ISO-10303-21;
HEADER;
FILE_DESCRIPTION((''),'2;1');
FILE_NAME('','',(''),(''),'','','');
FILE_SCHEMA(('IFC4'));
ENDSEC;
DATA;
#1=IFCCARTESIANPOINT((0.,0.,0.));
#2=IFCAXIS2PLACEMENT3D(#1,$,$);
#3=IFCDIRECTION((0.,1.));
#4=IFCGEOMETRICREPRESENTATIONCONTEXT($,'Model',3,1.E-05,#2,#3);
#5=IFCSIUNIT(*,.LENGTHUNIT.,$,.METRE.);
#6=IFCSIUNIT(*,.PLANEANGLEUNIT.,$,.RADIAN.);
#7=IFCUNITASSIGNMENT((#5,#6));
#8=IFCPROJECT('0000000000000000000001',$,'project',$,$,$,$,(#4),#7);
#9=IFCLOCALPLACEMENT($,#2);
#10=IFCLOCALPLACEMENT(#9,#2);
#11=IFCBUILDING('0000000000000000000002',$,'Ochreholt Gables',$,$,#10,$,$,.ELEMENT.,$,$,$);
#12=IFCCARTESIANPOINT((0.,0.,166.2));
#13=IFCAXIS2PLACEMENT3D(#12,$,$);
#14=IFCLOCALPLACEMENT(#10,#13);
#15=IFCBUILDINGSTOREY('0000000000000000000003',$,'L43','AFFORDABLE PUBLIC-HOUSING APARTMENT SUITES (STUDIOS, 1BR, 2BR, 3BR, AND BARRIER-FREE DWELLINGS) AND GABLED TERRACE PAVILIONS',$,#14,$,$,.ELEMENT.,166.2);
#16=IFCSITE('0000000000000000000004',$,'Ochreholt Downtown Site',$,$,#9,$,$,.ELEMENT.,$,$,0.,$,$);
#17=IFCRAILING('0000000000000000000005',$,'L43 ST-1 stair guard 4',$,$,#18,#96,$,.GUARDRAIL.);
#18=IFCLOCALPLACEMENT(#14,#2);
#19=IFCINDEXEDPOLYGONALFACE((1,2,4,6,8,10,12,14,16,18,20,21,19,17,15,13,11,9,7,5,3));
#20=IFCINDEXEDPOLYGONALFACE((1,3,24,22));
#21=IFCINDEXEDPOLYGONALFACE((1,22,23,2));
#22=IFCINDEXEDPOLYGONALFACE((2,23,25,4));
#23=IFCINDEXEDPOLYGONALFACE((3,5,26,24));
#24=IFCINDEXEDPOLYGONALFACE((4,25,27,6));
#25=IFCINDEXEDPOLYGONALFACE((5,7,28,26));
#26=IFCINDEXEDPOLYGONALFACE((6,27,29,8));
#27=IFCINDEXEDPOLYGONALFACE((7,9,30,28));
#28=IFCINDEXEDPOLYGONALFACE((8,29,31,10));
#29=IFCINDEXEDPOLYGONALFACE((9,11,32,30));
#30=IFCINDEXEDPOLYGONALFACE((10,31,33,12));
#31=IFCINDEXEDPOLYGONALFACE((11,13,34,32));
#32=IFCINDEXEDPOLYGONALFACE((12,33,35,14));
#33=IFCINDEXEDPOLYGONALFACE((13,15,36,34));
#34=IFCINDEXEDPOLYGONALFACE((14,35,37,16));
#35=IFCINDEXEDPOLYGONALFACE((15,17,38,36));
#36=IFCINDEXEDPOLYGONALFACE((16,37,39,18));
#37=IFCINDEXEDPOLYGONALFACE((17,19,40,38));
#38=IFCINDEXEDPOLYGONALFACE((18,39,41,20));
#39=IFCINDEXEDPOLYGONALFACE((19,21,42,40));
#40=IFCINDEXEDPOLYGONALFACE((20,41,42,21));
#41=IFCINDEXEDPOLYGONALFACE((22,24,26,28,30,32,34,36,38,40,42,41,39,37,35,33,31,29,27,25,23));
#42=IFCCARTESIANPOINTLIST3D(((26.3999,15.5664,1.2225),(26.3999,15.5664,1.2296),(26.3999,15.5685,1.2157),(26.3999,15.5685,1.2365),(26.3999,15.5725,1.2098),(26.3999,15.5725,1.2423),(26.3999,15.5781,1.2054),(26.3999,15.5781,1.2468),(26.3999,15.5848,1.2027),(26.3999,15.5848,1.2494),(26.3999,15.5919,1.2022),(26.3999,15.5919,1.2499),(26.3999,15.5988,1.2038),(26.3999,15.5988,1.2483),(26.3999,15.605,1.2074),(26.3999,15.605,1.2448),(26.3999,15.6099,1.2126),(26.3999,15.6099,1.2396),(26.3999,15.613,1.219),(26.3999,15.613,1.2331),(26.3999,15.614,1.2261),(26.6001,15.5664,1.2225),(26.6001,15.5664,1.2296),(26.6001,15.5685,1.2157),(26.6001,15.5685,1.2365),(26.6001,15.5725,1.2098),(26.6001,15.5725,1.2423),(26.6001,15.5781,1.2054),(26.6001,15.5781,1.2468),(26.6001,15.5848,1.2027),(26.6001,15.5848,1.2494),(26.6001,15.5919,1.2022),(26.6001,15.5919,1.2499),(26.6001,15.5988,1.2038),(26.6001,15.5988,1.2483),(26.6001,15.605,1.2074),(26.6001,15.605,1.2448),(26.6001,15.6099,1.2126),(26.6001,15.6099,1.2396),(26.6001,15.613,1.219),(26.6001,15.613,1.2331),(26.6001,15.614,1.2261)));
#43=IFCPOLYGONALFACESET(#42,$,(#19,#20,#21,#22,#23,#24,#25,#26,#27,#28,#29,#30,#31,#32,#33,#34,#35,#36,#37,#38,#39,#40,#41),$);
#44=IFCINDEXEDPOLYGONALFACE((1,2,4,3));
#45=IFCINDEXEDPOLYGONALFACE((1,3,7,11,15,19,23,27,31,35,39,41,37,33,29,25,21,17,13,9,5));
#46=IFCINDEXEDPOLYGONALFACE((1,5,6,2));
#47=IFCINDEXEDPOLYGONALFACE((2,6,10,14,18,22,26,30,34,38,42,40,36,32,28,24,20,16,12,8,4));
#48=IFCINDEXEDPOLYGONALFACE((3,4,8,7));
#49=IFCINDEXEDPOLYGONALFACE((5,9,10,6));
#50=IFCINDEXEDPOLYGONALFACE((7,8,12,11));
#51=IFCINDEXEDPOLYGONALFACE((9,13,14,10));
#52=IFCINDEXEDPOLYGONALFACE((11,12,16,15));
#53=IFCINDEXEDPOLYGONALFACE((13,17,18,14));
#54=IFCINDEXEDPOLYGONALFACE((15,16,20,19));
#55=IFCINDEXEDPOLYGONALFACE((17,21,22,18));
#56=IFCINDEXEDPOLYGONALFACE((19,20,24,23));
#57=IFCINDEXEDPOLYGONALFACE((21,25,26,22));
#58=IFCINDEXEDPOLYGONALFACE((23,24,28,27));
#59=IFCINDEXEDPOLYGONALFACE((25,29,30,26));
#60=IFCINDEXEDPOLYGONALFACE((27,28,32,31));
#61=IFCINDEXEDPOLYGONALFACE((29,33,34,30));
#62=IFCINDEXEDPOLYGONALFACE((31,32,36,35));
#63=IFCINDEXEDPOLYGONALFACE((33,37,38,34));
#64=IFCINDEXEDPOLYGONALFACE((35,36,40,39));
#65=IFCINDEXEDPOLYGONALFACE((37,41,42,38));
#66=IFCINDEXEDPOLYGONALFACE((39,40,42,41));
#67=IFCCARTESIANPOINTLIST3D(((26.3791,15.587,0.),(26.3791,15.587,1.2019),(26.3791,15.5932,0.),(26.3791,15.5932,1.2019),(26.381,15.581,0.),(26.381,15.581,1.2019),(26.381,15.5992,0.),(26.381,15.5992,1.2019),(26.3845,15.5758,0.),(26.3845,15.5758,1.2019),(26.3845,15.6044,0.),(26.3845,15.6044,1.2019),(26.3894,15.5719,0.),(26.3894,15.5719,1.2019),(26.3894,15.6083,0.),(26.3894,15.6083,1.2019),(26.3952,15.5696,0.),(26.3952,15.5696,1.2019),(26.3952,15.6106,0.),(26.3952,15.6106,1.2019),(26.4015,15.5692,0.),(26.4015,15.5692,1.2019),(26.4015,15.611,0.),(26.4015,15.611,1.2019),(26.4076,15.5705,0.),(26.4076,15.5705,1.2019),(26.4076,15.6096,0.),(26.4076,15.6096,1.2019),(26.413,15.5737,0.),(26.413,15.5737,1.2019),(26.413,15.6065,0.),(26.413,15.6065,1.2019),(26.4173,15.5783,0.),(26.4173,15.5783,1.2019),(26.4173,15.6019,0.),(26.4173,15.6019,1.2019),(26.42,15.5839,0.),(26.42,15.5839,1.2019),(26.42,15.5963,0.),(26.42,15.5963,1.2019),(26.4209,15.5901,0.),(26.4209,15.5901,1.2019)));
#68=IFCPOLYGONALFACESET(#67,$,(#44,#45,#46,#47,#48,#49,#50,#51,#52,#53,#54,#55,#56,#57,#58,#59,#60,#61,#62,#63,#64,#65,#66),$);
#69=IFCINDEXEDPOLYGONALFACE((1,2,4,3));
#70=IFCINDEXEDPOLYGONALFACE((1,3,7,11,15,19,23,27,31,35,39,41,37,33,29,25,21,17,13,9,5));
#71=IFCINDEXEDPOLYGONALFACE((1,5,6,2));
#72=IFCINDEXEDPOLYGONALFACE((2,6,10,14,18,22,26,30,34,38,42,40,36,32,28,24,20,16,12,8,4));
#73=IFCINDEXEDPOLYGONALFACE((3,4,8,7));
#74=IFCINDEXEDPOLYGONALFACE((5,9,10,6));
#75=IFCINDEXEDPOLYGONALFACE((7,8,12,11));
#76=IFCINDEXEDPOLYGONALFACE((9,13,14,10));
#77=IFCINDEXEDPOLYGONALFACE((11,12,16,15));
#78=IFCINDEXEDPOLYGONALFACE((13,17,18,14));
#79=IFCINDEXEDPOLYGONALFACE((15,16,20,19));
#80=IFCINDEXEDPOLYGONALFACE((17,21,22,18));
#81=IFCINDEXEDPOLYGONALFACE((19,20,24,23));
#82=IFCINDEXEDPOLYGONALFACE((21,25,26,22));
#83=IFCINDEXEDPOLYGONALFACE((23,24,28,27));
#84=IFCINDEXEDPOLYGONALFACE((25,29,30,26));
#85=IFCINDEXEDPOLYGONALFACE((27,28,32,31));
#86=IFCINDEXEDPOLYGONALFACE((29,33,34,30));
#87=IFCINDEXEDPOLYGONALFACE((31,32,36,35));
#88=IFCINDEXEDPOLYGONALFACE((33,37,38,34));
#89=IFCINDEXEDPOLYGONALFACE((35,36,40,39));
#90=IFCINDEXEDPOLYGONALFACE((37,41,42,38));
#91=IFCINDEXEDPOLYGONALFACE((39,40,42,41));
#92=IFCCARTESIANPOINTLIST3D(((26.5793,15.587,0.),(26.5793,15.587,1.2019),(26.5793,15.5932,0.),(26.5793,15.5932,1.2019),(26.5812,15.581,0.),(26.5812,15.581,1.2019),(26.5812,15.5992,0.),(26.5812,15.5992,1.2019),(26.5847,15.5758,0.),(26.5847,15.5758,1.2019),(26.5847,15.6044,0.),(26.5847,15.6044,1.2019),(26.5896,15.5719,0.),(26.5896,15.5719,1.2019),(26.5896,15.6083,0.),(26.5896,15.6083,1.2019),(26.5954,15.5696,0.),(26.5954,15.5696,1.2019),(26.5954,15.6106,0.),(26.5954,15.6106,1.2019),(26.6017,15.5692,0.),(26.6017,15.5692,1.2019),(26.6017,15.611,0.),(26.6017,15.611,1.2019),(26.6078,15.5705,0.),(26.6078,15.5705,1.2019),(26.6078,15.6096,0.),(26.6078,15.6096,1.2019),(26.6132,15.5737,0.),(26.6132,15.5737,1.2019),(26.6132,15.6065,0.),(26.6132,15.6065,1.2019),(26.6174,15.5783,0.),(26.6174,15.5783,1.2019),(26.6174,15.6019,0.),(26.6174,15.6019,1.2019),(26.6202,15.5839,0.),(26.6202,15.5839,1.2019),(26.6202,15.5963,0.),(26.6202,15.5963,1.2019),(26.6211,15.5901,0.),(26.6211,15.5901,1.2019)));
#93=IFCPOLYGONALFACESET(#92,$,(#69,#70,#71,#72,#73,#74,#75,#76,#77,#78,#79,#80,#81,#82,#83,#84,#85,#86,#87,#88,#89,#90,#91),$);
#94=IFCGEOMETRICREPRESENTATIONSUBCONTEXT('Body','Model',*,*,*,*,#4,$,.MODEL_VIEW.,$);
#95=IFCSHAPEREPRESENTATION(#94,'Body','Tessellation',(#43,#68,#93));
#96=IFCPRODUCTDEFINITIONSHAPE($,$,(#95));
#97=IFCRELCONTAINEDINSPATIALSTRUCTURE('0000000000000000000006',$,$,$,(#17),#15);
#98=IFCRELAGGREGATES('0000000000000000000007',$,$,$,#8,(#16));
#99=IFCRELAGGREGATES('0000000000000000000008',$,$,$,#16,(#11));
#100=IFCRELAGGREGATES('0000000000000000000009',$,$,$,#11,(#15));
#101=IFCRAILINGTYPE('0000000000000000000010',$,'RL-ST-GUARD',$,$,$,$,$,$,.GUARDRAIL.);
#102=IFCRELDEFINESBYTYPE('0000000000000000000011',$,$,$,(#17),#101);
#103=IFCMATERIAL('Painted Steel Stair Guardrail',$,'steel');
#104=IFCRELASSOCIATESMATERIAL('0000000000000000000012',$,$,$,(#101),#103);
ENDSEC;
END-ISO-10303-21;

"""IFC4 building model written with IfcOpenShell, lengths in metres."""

from ifc_helpers import new_model, si_unit, direction, frame, origin, origin_2d, place, context, subcontext, project, spatial, circle, extrude, material, type_object, element, save


model = new_model("IFC4")

# Units and contexts
model_context = context("Model", 3, precision=1e-05, world=origin(), true_north=direction((0.0, 1.0)))
body_context = subcontext(model_context, "Body", "Model", "MODEL_VIEW")
ifc_project = project(units=[si_unit("LENGTHUNIT", "METRE"), si_unit("PLANEANGLEUNIT", "RADIAN")], contexts=[model_context])

# Site, building, storey
site_placement = place(None, origin())
site = spatial("IfcSite", under=ifc_project, at=site_placement, Name="Ochreholt Downtown Site", CompositionType="ELEMENT", RefElevation=0.0)
building_placement = place(site_placement, origin())
building = spatial("IfcBuilding", under=site, at=building_placement, Name="Ochreholt Gables", CompositionType="ELEMENT")
storey_placement = place(building_placement, frame((0.0, 0.0, 166.2)))
storey = spatial("IfcBuildingStorey", under=building, at=storey_placement, Name="L43", Description="AFFORDABLE PUBLIC-HOUSING APARTMENT SUITES (STUDIOS, 1BR, 2BR, 3BR, AND BARRIER-FREE DWELLINGS) AND GABLED TERRACE PAVILIONS", CompositionType="ELEMENT", Elevation=166.2)

# Railing
ifc_material_1 = material(Name="Painted Steel Stair Guardrail", Category="steel")
railing_type_1 = type_object("IfcRailingType", Name="RL-ST-GUARD", PredefinedType="GUARDRAIL", material=ifc_material_1)
railing_1_placement = place(storey_placement, frame((26.3999, 15.5901, 0.0)))
element("IfcRailing", 1, at=railing_1_placement, inside=storey, type_object=railing_type_1, Name="L43 ST-1 stair guard 4", PredefinedType="GUARDRAIL", context=body_context, shape_type="SweptSolid", body=[
    extrude(circle(Radius=0.0239, at=origin_2d()), frame((0.0, 0.0, 1.2261), z_axis=(1.0, 0.0, 0.0), x_axis=(0.0, 1.0, 0.0)), (0.0, 0.0, 1.0), 0.2002),
    extrude(circle(Radius=0.021, at=origin_2d()), origin(), (0.0, 0.0, 1.0), 1.2019),
    extrude(circle(Radius=0.021, at=origin_2d()), frame((0.2002, 0.0, 0.0)), (0.0, 0.0, 1.0), 1.2019),
])

save(model, "model.ifc")
